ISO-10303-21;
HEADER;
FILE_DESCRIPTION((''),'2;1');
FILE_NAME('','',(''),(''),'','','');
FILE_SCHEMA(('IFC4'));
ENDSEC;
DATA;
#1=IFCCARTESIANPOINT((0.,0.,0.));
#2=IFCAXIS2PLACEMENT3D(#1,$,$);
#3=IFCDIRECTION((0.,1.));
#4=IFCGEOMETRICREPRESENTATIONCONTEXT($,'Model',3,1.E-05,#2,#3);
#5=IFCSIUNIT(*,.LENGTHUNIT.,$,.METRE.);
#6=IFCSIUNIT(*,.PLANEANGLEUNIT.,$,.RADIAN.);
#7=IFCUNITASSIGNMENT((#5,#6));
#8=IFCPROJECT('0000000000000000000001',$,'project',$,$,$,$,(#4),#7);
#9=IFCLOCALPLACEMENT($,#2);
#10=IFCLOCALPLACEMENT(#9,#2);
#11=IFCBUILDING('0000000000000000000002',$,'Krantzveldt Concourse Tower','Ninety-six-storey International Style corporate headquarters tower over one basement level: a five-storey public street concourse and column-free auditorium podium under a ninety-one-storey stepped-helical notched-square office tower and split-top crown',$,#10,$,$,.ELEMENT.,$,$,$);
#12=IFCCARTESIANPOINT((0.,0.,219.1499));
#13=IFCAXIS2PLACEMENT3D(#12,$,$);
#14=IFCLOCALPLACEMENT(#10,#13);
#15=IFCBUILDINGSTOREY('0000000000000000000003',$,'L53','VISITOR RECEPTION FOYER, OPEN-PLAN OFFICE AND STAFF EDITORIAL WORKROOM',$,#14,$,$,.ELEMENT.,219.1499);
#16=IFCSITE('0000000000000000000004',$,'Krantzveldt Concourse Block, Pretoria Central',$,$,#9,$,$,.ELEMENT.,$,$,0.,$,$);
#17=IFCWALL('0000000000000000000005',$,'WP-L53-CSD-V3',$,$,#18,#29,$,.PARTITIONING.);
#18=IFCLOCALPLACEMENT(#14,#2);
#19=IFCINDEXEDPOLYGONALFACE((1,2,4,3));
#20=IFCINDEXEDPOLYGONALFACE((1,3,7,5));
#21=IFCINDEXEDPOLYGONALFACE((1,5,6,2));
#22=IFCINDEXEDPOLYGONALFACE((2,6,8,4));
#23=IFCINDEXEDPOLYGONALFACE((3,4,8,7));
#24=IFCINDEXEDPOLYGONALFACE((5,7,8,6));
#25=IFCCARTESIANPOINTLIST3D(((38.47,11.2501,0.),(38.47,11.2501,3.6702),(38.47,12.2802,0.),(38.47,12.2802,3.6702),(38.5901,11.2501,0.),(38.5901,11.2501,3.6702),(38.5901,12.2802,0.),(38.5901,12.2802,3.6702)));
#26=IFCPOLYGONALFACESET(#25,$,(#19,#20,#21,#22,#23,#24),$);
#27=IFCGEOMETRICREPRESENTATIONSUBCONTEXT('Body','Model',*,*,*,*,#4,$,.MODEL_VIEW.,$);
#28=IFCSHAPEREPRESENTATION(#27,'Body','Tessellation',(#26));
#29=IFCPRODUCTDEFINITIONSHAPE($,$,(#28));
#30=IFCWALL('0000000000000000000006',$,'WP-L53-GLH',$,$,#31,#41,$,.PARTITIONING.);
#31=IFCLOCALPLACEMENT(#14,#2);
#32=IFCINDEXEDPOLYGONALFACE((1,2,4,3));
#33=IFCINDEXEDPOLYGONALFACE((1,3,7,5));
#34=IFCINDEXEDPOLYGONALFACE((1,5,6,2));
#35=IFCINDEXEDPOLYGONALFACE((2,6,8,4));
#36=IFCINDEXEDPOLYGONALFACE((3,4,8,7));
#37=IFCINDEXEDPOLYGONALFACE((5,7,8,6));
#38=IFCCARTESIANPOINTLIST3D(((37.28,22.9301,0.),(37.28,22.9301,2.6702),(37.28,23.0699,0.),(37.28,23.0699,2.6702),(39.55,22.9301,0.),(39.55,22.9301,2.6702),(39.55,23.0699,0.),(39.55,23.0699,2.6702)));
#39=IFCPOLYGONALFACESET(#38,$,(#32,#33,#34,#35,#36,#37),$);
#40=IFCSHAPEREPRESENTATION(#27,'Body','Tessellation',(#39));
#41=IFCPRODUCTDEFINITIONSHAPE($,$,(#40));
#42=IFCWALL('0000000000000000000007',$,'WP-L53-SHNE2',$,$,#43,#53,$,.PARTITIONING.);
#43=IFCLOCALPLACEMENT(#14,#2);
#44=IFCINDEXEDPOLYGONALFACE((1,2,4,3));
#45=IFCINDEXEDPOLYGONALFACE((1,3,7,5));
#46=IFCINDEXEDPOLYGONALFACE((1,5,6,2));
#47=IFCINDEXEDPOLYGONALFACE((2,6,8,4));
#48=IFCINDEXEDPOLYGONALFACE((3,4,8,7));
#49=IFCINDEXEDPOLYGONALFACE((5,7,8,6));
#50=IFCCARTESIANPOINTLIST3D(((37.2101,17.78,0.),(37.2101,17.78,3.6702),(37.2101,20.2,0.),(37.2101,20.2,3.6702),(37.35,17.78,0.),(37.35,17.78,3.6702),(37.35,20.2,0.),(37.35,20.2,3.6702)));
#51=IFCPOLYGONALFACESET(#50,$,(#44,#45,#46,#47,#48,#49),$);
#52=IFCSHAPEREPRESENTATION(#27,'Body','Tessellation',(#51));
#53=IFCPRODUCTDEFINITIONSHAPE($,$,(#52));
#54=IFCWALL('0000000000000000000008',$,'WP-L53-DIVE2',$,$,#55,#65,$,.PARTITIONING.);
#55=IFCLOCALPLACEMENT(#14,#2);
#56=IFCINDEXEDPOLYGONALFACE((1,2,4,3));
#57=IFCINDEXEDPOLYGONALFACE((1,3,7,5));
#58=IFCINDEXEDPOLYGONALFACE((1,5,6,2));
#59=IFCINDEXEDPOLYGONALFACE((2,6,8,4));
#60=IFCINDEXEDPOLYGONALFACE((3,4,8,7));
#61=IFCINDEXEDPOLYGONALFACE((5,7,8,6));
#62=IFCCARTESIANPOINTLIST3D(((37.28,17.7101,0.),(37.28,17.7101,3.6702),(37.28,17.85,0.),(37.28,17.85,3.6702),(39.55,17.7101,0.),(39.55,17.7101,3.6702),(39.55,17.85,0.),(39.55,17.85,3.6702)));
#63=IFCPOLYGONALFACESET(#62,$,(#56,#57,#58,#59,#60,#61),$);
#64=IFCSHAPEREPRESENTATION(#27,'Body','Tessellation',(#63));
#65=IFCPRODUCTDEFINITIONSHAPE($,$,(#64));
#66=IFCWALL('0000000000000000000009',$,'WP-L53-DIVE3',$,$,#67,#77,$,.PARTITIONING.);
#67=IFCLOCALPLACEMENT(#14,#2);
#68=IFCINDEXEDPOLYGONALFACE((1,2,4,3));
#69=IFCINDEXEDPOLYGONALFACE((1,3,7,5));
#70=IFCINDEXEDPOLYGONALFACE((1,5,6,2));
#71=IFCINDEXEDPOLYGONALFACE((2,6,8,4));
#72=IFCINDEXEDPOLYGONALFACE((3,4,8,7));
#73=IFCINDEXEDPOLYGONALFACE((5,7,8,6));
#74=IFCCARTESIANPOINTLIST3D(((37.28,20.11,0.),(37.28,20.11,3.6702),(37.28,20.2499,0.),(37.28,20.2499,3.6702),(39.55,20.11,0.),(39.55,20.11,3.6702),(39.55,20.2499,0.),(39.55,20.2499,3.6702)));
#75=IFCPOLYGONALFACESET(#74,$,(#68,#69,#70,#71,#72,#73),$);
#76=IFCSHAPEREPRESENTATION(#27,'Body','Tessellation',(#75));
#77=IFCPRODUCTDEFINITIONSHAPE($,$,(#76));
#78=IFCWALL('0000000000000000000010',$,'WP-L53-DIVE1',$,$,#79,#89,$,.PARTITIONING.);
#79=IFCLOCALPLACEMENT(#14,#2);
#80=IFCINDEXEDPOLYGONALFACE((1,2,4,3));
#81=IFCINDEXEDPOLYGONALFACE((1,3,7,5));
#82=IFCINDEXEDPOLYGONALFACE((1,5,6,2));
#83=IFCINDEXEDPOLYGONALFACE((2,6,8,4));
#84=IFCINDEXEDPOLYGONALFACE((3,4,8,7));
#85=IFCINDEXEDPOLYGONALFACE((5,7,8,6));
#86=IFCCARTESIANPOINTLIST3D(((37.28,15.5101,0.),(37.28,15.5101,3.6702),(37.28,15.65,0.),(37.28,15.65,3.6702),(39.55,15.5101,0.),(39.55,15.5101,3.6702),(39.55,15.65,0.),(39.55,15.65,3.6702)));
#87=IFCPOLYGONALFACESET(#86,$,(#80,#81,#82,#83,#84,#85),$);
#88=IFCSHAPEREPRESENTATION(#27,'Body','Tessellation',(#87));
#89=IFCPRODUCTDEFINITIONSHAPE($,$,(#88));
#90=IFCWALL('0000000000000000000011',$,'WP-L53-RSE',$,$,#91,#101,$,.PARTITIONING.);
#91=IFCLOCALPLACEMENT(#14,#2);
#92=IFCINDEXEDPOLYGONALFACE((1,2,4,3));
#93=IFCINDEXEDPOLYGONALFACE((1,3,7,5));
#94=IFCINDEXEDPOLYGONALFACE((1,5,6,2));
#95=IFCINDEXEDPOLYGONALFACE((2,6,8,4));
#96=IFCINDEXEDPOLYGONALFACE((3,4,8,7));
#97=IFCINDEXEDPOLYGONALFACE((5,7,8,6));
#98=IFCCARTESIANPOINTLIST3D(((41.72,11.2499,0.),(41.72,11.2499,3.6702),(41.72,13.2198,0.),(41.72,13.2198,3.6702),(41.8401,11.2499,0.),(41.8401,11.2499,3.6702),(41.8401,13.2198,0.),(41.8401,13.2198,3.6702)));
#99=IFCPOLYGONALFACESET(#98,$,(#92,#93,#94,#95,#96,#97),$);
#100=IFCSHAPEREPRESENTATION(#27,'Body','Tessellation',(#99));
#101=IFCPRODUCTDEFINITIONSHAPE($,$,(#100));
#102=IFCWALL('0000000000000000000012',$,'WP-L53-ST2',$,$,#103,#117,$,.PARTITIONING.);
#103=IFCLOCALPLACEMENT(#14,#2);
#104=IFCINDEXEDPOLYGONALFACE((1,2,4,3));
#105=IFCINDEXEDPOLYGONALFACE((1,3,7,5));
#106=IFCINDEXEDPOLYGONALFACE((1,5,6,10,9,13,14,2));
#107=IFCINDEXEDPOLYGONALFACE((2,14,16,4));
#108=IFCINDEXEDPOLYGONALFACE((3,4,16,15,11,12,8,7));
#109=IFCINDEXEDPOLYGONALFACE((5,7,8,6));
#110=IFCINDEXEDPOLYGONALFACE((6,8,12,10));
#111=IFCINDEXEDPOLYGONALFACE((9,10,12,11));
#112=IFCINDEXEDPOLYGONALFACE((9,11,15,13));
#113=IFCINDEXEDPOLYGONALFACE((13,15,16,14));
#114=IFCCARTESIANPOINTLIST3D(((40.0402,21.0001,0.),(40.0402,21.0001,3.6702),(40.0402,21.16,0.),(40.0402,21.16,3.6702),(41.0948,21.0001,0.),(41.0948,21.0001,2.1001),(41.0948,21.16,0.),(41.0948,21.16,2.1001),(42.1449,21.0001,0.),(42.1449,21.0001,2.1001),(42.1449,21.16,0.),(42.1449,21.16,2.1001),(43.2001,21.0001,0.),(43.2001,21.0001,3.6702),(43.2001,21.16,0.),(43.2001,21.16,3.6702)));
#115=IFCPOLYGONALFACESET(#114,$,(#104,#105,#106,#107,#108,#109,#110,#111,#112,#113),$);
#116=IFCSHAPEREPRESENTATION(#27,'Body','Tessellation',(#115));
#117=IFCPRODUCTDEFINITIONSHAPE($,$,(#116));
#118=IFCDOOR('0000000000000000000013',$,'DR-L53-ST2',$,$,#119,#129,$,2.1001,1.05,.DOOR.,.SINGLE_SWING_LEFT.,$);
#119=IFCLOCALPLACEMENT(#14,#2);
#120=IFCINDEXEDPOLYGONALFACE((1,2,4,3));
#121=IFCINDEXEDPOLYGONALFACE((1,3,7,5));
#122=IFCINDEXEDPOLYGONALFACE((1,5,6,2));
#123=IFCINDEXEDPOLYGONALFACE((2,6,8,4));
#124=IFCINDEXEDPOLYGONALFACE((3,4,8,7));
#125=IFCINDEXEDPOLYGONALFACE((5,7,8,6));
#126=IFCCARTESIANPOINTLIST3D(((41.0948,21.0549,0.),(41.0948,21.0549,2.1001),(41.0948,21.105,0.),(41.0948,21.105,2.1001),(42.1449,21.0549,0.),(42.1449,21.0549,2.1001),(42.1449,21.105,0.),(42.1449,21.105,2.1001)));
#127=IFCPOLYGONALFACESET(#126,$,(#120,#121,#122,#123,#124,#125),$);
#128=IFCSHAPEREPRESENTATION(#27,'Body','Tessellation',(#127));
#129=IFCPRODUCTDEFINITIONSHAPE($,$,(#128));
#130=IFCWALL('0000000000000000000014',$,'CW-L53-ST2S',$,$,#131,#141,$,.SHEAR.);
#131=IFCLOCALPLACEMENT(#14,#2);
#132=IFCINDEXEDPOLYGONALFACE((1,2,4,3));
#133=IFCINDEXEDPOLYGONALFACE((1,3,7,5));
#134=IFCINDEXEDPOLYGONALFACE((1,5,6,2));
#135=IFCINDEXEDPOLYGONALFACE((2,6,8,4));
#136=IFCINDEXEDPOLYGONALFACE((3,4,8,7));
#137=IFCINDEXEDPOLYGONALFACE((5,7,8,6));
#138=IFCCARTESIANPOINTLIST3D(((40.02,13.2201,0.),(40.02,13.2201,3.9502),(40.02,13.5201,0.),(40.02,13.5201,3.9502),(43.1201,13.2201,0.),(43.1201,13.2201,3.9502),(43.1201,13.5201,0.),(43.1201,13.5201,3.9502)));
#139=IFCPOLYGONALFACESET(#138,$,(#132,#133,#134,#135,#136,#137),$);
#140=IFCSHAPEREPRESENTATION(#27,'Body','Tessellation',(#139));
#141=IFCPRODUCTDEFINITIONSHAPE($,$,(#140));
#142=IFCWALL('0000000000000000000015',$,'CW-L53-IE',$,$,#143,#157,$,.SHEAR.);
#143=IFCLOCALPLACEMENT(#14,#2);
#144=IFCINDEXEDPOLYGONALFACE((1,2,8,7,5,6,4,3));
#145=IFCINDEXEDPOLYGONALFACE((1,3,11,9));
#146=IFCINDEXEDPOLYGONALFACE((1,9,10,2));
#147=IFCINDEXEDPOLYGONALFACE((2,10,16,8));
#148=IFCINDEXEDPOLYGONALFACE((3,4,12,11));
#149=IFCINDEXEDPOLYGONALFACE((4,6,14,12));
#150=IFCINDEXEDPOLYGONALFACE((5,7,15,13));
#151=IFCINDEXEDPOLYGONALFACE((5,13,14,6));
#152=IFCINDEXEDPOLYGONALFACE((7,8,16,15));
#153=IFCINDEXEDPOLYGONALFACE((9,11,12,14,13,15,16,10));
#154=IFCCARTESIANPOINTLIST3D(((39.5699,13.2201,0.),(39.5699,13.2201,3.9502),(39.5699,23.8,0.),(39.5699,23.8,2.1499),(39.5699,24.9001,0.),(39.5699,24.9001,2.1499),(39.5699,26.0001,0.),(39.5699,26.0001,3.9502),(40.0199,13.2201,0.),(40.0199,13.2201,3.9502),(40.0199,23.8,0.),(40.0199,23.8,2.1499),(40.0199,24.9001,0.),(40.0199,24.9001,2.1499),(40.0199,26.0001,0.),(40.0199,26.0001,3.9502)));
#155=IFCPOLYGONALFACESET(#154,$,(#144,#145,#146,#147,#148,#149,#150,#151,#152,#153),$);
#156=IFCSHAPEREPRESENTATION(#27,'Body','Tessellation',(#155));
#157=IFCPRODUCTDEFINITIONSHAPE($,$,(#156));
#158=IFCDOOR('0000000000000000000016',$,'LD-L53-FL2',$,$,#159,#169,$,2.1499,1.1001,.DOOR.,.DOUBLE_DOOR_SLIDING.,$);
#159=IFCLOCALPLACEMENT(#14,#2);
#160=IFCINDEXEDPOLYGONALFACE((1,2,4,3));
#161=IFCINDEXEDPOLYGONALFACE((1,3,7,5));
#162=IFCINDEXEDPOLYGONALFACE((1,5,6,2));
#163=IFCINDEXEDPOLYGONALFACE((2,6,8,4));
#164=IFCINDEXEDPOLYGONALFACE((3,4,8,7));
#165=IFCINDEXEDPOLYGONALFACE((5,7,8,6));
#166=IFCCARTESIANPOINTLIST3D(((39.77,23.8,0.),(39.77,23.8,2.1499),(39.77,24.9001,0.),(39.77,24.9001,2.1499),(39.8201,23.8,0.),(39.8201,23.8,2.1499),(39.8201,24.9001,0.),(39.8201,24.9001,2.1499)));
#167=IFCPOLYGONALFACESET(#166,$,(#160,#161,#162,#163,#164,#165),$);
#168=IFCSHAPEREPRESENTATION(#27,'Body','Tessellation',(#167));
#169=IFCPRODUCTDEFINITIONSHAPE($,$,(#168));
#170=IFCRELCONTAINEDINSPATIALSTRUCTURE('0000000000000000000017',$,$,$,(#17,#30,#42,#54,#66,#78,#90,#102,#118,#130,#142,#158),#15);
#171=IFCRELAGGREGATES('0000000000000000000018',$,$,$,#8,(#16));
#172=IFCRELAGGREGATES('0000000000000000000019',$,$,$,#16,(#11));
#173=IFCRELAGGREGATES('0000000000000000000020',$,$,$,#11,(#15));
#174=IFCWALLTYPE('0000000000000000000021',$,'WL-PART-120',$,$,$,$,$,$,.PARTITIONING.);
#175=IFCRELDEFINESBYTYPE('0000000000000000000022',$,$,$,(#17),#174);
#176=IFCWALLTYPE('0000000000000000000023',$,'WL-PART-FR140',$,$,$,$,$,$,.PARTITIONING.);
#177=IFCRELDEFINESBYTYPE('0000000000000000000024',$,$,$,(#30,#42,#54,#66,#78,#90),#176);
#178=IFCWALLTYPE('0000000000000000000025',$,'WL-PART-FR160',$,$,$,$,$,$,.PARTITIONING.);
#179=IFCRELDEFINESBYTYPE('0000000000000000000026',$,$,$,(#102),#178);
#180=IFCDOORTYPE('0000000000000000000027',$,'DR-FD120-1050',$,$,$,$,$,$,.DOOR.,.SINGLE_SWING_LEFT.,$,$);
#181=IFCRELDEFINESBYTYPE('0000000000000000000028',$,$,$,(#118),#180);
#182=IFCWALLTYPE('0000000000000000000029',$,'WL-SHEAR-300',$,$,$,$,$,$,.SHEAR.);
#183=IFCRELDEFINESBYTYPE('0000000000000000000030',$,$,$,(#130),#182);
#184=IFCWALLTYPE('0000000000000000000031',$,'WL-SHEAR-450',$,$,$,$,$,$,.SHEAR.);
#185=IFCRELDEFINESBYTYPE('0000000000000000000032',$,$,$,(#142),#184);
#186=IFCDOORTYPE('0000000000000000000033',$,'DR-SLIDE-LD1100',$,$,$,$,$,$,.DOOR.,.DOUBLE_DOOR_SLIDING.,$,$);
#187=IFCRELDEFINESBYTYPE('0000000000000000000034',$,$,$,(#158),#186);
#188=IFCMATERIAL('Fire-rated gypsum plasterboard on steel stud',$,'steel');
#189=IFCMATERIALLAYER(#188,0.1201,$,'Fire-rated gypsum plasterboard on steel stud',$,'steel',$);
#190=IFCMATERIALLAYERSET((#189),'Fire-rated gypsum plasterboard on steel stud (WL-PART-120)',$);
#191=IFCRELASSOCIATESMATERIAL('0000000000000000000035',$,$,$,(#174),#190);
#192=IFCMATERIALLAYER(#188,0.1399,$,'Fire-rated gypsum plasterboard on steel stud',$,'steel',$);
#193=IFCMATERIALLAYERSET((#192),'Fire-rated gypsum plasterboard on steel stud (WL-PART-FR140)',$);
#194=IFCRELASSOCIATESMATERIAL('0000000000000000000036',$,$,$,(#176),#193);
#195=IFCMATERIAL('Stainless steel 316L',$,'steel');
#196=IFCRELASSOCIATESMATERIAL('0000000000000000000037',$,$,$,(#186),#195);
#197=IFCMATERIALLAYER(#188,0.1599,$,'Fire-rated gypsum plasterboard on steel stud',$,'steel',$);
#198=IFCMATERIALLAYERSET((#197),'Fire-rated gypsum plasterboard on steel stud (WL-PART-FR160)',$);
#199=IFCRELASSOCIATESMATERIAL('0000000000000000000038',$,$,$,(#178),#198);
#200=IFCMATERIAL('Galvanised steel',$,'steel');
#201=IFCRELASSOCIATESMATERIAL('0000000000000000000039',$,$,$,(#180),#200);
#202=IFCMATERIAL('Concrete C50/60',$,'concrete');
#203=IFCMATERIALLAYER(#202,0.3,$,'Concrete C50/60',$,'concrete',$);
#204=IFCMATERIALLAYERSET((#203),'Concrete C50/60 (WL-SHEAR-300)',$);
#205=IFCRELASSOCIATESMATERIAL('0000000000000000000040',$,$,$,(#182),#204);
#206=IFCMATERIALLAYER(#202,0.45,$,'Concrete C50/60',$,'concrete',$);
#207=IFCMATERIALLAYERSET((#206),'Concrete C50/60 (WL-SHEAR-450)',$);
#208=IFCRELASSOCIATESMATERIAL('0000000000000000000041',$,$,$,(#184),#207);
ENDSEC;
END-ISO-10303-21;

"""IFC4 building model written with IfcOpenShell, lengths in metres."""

from ifc_helpers import new_model, si_unit, direction, frame, frame_2d, origin, place, context, subcontext, project, spatial, rectangle, extrude, material, layer, layer_set, type_object, element, fill, save


model = new_model("IFC4")

# Units and contexts
model_context = context("Model", 3, precision=1e-05, world=origin(), true_north=direction((0.0, 1.0)))
body_context = subcontext(model_context, "Body", "Model", "MODEL_VIEW")
ifc_project = project(units=[si_unit("LENGTHUNIT", "METRE"), si_unit("PLANEANGLEUNIT", "RADIAN")], contexts=[model_context])

# Site, building, storey
site_placement = place(None, origin())
site = spatial("IfcSite", under=ifc_project, at=site_placement, Name="Krantzveldt Concourse Block, Pretoria Central", CompositionType="ELEMENT", RefElevation=0.0)
building_placement = place(site_placement, origin())
building = spatial("IfcBuilding", under=site, at=building_placement, Name="Krantzveldt Concourse Tower", Description="Ninety-six-storey International Style corporate headquarters tower over one basement level: a five-storey public street concourse and column-free auditorium podium under a ninety-one-storey stepped-helical notched-square office tower and split-top crown", CompositionType="ELEMENT")
storey_placement = place(building_placement, frame((0.0, 0.0, 219.1499)))
storey = spatial("IfcBuildingStorey", under=building, at=storey_placement, Name="L53", Description="VISITOR RECEPTION FOYER, OPEN-PLAN OFFICE AND STAFF EDITORIAL WORKROOM", CompositionType="ELEMENT", Elevation=219.1499)

# Wall
ifc_material_1 = material(Name="Fire-rated gypsum plasterboard on steel stud", Category="steel")
ifc_layer_1 = layer(ifc_material_1, 0.1201, Name="Fire-rated gypsum plasterboard on steel stud", Category="steel")
ifc_layer_set_1 = layer_set([ifc_layer_1], Name="Fire-rated gypsum plasterboard on steel stud (WL-PART-120)")
wall_type_1 = type_object("IfcWallType", Name="WL-PART-120", PredefinedType="PARTITIONING", material=ifc_layer_set_1)
wall_1_placement = place(storey_placement, frame((38.53, 11.25, 0.0), z_axis=(0.0, 0.0, 1.0), x_axis=(0.0, 1.0, 0.0)))
element("IfcWall", 1, at=wall_1_placement, inside=storey, type_object=wall_type_1, Name="WP-L53-CSD-V3", PredefinedType="PARTITIONING", context=body_context, shape_type="SweptSolid", body=[
    extrude(rectangle(XDim=1.03, YDim=0.1201, at=frame_2d((0.5151, 0.0))), origin(), (0.0, 0.0, 1.0), 3.6702),
])

# Shared definitions
ifc_layer_2 = layer(ifc_material_1, 0.1399, Name="Fire-rated gypsum plasterboard on steel stud", Category="steel")
ifc_layer_set_2 = layer_set([ifc_layer_2], Name="Fire-rated gypsum plasterboard on steel stud (WL-PART-FR140)")
wall_type_2 = type_object("IfcWallType", Name="WL-PART-FR140", PredefinedType="PARTITIONING", material=ifc_layer_set_2)
ifc_material_2 = material(Name="Stainless steel 316L", Category="steel")
door_type_1 = type_object("IfcDoorType", Name="DR-SLIDE-LD1100", OperationType="DOUBLE_DOOR_SLIDING", PredefinedType="DOOR", material=ifc_material_2)

# Walls
wall_2_placement = place(storey_placement, frame((37.28, 23.0, 0.0), z_axis=(0.0, 0.0, 1.0), x_axis=(1.0, 0.0, 0.0)))
element("IfcWall", 2, at=wall_2_placement, inside=storey, type_object=wall_type_2, Name="WP-L53-GLH", PredefinedType="PARTITIONING", context=body_context, shape_type="SweptSolid", body=[
    extrude(rectangle(XDim=2.27, YDim=0.1399, at=frame_2d((1.135, 0.0))), origin(), (0.0, 0.0, 1.0), 2.6702),
])
wall_3_placement = place(storey_placement, frame((37.28, 17.78, 0.0), z_axis=(0.0, 0.0, 1.0), x_axis=(0.0, 1.0, 0.0)))
element("IfcWall", 3, at=wall_3_placement, inside=storey, type_object=wall_type_2, Name="WP-L53-SHNE2", PredefinedType="PARTITIONING", context=body_context, shape_type="SweptSolid", body=[
    extrude(rectangle(XDim=2.4199, YDim=0.1399, at=frame_2d((1.21, 0.0))), origin(), (0.0, 0.0, 1.0), 3.6702),
])
for number, where, z_axis, x_axis, name in (
    (4, (37.28, 17.78, 0.0), (0.0, 0.0, 1.0), (1.0, 0.0, 0.0), "WP-L53-DIVE2"),
    (5, (37.28, 20.1799, 0.0), (0.0, 0.0, 1.0), (1.0, 0.0, 0.0), "WP-L53-DIVE3"),
):
    element("IfcWall", number, at=place(storey_placement, frame(where, z_axis=z_axis, x_axis=x_axis)), inside=storey, type_object=wall_type_2, Name=name, PredefinedType="PARTITIONING", context=body_context, shape_type="SweptSolid", body=[
        extrude(rectangle(XDim=2.27, YDim=0.1399, at=frame_2d((1.135, 0.0))), origin(), (0.0, 0.0, 1.0), 3.6702),
    ])

# Walls
wall_4_placement = place(storey_placement, frame((37.28, 15.5801, 0.0), z_axis=(0.0, 0.0, 1.0), x_axis=(1.0, 0.0, 0.0)))
element("IfcWall", 6, at=wall_4_placement, inside=storey, type_object=wall_type_2, Name="WP-L53-DIVE1", PredefinedType="PARTITIONING", context=body_context, shape_type="SweptSolid", body=[
    extrude(rectangle(XDim=2.27, YDim=0.1399, at=frame_2d((1.135, 0.0))), origin(), (0.0, 0.0, 1.0), 3.6702),
])
wall_5_placement = place(storey_placement, frame((41.78, 11.25, 0.0), z_axis=(0.0, 0.0, 1.0), x_axis=(0.0, 1.0, 0.0)))
element("IfcWall", 7, at=wall_5_placement, inside=storey, type_object=wall_type_2, Name="WP-L53-RSE", PredefinedType="PARTITIONING", context=body_context, shape_type="SweptSolid", body=[
    extrude(rectangle(XDim=1.97, YDim=0.1201, at=frame_2d((0.9849, 0.0))), origin(), (0.0, 0.0, 1.0), 3.6702),
])

# Wall, opening, door
ifc_layer_3 = layer(ifc_material_1, 0.1599, Name="Fire-rated gypsum plasterboard on steel stud", Category="steel")
ifc_layer_set_3 = layer_set([ifc_layer_3], Name="Fire-rated gypsum plasterboard on steel stud (WL-PART-FR160)")
wall_type_3 = type_object("IfcWallType", Name="WL-PART-FR160", PredefinedType="PARTITIONING", material=ifc_layer_set_3)
wall_6_placement = place(storey_placement, frame((40.04, 21.0801, 0.0), z_axis=(0.0, 0.0, 1.0), x_axis=(1.0, 0.0, 0.0)))
wall_6 = element("IfcWall", 8, at=wall_6_placement, inside=storey, type_object=wall_type_3, Name="WP-L53-ST2", PredefinedType="PARTITIONING", context=body_context, shape_type="SweptSolid", body=[
    extrude(rectangle(XDim=3.1599, YDim=0.1599, at=frame_2d((1.5801, 0.0))), origin(), (0.0, 0.0, 1.0), 3.6702),
])
opening_1_placement = place(wall_6_placement, frame((1.0549, 0.0, 0.0)))
opening_1 = element("IfcOpeningElement", 9, at=opening_1_placement, cuts=wall_6, PredefinedType="OPENING", context=body_context, shape_type="SweptSolid", body=[
    extrude(rectangle(XDim=1.05, YDim=2.1001, at=frame_2d((0.5249, 1.05))), frame((0.0, 0.0898, 0.0), z_axis=(0.0, -1.0, 0.0), x_axis=(1.0, 0.0, 0.0)), (0.0, 0.0, 1.0), 0.1799),
])
ifc_material_3 = material(Name="Galvanised steel", Category="steel")
door_type_2 = type_object("IfcDoorType", Name="DR-FD120-1050", OperationType="SINGLE_SWING_LEFT", PredefinedType="DOOR", material=ifc_material_3)
door_1_placement = place(opening_1_placement, origin())
door_1 = element("IfcDoor", 10, at=door_1_placement, inside=storey, type_object=door_type_2, Name="DR-L53-ST2", OperationType="SINGLE_SWING_LEFT", OverallHeight=2.1001, OverallWidth=1.05, PredefinedType="DOOR", context=body_context, shape_type="SweptSolid", body=[
    extrude(rectangle(XDim=1.05, YDim=2.1001, at=frame_2d((0.5249, 1.05))), frame((0.0, 0.0249, 0.0), z_axis=(0.0, -1.0, 0.0), x_axis=(1.0, 0.0, 0.0)), (0.0, 0.0, 1.0), 0.05),
])
fill(opening_1, door_1)

# Wall
ifc_material_4 = material(Name="Concrete C50/60", Category="concrete")
ifc_layer_4 = layer(ifc_material_4, 0.3, Name="Concrete C50/60", Category="concrete")
ifc_layer_set_4 = layer_set([ifc_layer_4], Name="Concrete C50/60 (WL-SHEAR-300)")
wall_type_4 = type_object("IfcWallType", Name="WL-SHEAR-300", PredefinedType="SHEAR", material=ifc_layer_set_4)
wall_7_placement = place(storey_placement, frame((40.02, 13.3701, 0.0), z_axis=(0.0, 0.0, 1.0), x_axis=(1.0, 0.0, 0.0)))
element("IfcWall", 11, at=wall_7_placement, inside=storey, type_object=wall_type_4, Name="CW-L53-ST2S", PredefinedType="SHEAR", context=body_context, shape_type="SweptSolid", body=[
    extrude(rectangle(XDim=3.1001, YDim=0.3, at=frame_2d((1.55, 0.0))), origin(), (0.0, 0.0, 1.0), 3.9502),
])

# Wall, opening, door
ifc_layer_5 = layer(ifc_material_4, 0.45, Name="Concrete C50/60", Category="concrete")
ifc_layer_set_5 = layer_set([ifc_layer_5], Name="Concrete C50/60 (WL-SHEAR-450)")
wall_type_5 = type_object("IfcWallType", Name="WL-SHEAR-450", PredefinedType="SHEAR", material=ifc_layer_set_5)
wall_8_placement = place(storey_placement, frame((39.7949, 13.22, 0.0), z_axis=(0.0, 0.0, 1.0), x_axis=(0.0, 1.0, 0.0)))
wall_8 = element("IfcWall", 12, at=wall_8_placement, inside=storey, type_object=wall_type_5, Name="CW-L53-IE", PredefinedType="SHEAR", context=body_context, shape_type="SweptSolid", body=[
    extrude(rectangle(XDim=12.78, YDim=0.45, at=frame_2d((6.3901, 0.0))), origin(), (0.0, 0.0, 1.0), 3.9502),
])
opening_2_placement = place(wall_8_placement, frame((10.5801, 0.0, 0.0)))
opening_2 = element("IfcOpeningElement", 13, at=opening_2_placement, cuts=wall_8, PredefinedType="OPENING", context=body_context, shape_type="SweptSolid", body=[
    extrude(rectangle(XDim=1.1001, YDim=2.1499, at=frame_2d((0.55, 1.075))), frame((0.0, 0.2349, 0.0), z_axis=(0.0, -1.0, 0.0), x_axis=(1.0, 0.0, 0.0)), (0.0, 0.0, 1.0), 0.47),
])
door_2_placement = place(opening_2_placement, origin())
door_2 = element("IfcDoor", 14, at=door_2_placement, inside=storey, type_object=door_type_1, Name="LD-L53-FL2", OperationType="DOUBLE_DOOR_SLIDING", OverallHeight=2.1499, OverallWidth=1.1001, PredefinedType="DOOR", context=body_context, shape_type="SweptSolid", body=[
    extrude(rectangle(XDim=1.1001, YDim=2.1499, at=frame_2d((0.55, 1.075))), frame((0.0, 0.0249, 0.0), z_axis=(0.0, -1.0, 0.0), x_axis=(1.0, 0.0, 0.0)), (0.0, 0.0, 1.0), 0.05),
])
fill(opening_2, door_2)

save(model, "model.ifc")
